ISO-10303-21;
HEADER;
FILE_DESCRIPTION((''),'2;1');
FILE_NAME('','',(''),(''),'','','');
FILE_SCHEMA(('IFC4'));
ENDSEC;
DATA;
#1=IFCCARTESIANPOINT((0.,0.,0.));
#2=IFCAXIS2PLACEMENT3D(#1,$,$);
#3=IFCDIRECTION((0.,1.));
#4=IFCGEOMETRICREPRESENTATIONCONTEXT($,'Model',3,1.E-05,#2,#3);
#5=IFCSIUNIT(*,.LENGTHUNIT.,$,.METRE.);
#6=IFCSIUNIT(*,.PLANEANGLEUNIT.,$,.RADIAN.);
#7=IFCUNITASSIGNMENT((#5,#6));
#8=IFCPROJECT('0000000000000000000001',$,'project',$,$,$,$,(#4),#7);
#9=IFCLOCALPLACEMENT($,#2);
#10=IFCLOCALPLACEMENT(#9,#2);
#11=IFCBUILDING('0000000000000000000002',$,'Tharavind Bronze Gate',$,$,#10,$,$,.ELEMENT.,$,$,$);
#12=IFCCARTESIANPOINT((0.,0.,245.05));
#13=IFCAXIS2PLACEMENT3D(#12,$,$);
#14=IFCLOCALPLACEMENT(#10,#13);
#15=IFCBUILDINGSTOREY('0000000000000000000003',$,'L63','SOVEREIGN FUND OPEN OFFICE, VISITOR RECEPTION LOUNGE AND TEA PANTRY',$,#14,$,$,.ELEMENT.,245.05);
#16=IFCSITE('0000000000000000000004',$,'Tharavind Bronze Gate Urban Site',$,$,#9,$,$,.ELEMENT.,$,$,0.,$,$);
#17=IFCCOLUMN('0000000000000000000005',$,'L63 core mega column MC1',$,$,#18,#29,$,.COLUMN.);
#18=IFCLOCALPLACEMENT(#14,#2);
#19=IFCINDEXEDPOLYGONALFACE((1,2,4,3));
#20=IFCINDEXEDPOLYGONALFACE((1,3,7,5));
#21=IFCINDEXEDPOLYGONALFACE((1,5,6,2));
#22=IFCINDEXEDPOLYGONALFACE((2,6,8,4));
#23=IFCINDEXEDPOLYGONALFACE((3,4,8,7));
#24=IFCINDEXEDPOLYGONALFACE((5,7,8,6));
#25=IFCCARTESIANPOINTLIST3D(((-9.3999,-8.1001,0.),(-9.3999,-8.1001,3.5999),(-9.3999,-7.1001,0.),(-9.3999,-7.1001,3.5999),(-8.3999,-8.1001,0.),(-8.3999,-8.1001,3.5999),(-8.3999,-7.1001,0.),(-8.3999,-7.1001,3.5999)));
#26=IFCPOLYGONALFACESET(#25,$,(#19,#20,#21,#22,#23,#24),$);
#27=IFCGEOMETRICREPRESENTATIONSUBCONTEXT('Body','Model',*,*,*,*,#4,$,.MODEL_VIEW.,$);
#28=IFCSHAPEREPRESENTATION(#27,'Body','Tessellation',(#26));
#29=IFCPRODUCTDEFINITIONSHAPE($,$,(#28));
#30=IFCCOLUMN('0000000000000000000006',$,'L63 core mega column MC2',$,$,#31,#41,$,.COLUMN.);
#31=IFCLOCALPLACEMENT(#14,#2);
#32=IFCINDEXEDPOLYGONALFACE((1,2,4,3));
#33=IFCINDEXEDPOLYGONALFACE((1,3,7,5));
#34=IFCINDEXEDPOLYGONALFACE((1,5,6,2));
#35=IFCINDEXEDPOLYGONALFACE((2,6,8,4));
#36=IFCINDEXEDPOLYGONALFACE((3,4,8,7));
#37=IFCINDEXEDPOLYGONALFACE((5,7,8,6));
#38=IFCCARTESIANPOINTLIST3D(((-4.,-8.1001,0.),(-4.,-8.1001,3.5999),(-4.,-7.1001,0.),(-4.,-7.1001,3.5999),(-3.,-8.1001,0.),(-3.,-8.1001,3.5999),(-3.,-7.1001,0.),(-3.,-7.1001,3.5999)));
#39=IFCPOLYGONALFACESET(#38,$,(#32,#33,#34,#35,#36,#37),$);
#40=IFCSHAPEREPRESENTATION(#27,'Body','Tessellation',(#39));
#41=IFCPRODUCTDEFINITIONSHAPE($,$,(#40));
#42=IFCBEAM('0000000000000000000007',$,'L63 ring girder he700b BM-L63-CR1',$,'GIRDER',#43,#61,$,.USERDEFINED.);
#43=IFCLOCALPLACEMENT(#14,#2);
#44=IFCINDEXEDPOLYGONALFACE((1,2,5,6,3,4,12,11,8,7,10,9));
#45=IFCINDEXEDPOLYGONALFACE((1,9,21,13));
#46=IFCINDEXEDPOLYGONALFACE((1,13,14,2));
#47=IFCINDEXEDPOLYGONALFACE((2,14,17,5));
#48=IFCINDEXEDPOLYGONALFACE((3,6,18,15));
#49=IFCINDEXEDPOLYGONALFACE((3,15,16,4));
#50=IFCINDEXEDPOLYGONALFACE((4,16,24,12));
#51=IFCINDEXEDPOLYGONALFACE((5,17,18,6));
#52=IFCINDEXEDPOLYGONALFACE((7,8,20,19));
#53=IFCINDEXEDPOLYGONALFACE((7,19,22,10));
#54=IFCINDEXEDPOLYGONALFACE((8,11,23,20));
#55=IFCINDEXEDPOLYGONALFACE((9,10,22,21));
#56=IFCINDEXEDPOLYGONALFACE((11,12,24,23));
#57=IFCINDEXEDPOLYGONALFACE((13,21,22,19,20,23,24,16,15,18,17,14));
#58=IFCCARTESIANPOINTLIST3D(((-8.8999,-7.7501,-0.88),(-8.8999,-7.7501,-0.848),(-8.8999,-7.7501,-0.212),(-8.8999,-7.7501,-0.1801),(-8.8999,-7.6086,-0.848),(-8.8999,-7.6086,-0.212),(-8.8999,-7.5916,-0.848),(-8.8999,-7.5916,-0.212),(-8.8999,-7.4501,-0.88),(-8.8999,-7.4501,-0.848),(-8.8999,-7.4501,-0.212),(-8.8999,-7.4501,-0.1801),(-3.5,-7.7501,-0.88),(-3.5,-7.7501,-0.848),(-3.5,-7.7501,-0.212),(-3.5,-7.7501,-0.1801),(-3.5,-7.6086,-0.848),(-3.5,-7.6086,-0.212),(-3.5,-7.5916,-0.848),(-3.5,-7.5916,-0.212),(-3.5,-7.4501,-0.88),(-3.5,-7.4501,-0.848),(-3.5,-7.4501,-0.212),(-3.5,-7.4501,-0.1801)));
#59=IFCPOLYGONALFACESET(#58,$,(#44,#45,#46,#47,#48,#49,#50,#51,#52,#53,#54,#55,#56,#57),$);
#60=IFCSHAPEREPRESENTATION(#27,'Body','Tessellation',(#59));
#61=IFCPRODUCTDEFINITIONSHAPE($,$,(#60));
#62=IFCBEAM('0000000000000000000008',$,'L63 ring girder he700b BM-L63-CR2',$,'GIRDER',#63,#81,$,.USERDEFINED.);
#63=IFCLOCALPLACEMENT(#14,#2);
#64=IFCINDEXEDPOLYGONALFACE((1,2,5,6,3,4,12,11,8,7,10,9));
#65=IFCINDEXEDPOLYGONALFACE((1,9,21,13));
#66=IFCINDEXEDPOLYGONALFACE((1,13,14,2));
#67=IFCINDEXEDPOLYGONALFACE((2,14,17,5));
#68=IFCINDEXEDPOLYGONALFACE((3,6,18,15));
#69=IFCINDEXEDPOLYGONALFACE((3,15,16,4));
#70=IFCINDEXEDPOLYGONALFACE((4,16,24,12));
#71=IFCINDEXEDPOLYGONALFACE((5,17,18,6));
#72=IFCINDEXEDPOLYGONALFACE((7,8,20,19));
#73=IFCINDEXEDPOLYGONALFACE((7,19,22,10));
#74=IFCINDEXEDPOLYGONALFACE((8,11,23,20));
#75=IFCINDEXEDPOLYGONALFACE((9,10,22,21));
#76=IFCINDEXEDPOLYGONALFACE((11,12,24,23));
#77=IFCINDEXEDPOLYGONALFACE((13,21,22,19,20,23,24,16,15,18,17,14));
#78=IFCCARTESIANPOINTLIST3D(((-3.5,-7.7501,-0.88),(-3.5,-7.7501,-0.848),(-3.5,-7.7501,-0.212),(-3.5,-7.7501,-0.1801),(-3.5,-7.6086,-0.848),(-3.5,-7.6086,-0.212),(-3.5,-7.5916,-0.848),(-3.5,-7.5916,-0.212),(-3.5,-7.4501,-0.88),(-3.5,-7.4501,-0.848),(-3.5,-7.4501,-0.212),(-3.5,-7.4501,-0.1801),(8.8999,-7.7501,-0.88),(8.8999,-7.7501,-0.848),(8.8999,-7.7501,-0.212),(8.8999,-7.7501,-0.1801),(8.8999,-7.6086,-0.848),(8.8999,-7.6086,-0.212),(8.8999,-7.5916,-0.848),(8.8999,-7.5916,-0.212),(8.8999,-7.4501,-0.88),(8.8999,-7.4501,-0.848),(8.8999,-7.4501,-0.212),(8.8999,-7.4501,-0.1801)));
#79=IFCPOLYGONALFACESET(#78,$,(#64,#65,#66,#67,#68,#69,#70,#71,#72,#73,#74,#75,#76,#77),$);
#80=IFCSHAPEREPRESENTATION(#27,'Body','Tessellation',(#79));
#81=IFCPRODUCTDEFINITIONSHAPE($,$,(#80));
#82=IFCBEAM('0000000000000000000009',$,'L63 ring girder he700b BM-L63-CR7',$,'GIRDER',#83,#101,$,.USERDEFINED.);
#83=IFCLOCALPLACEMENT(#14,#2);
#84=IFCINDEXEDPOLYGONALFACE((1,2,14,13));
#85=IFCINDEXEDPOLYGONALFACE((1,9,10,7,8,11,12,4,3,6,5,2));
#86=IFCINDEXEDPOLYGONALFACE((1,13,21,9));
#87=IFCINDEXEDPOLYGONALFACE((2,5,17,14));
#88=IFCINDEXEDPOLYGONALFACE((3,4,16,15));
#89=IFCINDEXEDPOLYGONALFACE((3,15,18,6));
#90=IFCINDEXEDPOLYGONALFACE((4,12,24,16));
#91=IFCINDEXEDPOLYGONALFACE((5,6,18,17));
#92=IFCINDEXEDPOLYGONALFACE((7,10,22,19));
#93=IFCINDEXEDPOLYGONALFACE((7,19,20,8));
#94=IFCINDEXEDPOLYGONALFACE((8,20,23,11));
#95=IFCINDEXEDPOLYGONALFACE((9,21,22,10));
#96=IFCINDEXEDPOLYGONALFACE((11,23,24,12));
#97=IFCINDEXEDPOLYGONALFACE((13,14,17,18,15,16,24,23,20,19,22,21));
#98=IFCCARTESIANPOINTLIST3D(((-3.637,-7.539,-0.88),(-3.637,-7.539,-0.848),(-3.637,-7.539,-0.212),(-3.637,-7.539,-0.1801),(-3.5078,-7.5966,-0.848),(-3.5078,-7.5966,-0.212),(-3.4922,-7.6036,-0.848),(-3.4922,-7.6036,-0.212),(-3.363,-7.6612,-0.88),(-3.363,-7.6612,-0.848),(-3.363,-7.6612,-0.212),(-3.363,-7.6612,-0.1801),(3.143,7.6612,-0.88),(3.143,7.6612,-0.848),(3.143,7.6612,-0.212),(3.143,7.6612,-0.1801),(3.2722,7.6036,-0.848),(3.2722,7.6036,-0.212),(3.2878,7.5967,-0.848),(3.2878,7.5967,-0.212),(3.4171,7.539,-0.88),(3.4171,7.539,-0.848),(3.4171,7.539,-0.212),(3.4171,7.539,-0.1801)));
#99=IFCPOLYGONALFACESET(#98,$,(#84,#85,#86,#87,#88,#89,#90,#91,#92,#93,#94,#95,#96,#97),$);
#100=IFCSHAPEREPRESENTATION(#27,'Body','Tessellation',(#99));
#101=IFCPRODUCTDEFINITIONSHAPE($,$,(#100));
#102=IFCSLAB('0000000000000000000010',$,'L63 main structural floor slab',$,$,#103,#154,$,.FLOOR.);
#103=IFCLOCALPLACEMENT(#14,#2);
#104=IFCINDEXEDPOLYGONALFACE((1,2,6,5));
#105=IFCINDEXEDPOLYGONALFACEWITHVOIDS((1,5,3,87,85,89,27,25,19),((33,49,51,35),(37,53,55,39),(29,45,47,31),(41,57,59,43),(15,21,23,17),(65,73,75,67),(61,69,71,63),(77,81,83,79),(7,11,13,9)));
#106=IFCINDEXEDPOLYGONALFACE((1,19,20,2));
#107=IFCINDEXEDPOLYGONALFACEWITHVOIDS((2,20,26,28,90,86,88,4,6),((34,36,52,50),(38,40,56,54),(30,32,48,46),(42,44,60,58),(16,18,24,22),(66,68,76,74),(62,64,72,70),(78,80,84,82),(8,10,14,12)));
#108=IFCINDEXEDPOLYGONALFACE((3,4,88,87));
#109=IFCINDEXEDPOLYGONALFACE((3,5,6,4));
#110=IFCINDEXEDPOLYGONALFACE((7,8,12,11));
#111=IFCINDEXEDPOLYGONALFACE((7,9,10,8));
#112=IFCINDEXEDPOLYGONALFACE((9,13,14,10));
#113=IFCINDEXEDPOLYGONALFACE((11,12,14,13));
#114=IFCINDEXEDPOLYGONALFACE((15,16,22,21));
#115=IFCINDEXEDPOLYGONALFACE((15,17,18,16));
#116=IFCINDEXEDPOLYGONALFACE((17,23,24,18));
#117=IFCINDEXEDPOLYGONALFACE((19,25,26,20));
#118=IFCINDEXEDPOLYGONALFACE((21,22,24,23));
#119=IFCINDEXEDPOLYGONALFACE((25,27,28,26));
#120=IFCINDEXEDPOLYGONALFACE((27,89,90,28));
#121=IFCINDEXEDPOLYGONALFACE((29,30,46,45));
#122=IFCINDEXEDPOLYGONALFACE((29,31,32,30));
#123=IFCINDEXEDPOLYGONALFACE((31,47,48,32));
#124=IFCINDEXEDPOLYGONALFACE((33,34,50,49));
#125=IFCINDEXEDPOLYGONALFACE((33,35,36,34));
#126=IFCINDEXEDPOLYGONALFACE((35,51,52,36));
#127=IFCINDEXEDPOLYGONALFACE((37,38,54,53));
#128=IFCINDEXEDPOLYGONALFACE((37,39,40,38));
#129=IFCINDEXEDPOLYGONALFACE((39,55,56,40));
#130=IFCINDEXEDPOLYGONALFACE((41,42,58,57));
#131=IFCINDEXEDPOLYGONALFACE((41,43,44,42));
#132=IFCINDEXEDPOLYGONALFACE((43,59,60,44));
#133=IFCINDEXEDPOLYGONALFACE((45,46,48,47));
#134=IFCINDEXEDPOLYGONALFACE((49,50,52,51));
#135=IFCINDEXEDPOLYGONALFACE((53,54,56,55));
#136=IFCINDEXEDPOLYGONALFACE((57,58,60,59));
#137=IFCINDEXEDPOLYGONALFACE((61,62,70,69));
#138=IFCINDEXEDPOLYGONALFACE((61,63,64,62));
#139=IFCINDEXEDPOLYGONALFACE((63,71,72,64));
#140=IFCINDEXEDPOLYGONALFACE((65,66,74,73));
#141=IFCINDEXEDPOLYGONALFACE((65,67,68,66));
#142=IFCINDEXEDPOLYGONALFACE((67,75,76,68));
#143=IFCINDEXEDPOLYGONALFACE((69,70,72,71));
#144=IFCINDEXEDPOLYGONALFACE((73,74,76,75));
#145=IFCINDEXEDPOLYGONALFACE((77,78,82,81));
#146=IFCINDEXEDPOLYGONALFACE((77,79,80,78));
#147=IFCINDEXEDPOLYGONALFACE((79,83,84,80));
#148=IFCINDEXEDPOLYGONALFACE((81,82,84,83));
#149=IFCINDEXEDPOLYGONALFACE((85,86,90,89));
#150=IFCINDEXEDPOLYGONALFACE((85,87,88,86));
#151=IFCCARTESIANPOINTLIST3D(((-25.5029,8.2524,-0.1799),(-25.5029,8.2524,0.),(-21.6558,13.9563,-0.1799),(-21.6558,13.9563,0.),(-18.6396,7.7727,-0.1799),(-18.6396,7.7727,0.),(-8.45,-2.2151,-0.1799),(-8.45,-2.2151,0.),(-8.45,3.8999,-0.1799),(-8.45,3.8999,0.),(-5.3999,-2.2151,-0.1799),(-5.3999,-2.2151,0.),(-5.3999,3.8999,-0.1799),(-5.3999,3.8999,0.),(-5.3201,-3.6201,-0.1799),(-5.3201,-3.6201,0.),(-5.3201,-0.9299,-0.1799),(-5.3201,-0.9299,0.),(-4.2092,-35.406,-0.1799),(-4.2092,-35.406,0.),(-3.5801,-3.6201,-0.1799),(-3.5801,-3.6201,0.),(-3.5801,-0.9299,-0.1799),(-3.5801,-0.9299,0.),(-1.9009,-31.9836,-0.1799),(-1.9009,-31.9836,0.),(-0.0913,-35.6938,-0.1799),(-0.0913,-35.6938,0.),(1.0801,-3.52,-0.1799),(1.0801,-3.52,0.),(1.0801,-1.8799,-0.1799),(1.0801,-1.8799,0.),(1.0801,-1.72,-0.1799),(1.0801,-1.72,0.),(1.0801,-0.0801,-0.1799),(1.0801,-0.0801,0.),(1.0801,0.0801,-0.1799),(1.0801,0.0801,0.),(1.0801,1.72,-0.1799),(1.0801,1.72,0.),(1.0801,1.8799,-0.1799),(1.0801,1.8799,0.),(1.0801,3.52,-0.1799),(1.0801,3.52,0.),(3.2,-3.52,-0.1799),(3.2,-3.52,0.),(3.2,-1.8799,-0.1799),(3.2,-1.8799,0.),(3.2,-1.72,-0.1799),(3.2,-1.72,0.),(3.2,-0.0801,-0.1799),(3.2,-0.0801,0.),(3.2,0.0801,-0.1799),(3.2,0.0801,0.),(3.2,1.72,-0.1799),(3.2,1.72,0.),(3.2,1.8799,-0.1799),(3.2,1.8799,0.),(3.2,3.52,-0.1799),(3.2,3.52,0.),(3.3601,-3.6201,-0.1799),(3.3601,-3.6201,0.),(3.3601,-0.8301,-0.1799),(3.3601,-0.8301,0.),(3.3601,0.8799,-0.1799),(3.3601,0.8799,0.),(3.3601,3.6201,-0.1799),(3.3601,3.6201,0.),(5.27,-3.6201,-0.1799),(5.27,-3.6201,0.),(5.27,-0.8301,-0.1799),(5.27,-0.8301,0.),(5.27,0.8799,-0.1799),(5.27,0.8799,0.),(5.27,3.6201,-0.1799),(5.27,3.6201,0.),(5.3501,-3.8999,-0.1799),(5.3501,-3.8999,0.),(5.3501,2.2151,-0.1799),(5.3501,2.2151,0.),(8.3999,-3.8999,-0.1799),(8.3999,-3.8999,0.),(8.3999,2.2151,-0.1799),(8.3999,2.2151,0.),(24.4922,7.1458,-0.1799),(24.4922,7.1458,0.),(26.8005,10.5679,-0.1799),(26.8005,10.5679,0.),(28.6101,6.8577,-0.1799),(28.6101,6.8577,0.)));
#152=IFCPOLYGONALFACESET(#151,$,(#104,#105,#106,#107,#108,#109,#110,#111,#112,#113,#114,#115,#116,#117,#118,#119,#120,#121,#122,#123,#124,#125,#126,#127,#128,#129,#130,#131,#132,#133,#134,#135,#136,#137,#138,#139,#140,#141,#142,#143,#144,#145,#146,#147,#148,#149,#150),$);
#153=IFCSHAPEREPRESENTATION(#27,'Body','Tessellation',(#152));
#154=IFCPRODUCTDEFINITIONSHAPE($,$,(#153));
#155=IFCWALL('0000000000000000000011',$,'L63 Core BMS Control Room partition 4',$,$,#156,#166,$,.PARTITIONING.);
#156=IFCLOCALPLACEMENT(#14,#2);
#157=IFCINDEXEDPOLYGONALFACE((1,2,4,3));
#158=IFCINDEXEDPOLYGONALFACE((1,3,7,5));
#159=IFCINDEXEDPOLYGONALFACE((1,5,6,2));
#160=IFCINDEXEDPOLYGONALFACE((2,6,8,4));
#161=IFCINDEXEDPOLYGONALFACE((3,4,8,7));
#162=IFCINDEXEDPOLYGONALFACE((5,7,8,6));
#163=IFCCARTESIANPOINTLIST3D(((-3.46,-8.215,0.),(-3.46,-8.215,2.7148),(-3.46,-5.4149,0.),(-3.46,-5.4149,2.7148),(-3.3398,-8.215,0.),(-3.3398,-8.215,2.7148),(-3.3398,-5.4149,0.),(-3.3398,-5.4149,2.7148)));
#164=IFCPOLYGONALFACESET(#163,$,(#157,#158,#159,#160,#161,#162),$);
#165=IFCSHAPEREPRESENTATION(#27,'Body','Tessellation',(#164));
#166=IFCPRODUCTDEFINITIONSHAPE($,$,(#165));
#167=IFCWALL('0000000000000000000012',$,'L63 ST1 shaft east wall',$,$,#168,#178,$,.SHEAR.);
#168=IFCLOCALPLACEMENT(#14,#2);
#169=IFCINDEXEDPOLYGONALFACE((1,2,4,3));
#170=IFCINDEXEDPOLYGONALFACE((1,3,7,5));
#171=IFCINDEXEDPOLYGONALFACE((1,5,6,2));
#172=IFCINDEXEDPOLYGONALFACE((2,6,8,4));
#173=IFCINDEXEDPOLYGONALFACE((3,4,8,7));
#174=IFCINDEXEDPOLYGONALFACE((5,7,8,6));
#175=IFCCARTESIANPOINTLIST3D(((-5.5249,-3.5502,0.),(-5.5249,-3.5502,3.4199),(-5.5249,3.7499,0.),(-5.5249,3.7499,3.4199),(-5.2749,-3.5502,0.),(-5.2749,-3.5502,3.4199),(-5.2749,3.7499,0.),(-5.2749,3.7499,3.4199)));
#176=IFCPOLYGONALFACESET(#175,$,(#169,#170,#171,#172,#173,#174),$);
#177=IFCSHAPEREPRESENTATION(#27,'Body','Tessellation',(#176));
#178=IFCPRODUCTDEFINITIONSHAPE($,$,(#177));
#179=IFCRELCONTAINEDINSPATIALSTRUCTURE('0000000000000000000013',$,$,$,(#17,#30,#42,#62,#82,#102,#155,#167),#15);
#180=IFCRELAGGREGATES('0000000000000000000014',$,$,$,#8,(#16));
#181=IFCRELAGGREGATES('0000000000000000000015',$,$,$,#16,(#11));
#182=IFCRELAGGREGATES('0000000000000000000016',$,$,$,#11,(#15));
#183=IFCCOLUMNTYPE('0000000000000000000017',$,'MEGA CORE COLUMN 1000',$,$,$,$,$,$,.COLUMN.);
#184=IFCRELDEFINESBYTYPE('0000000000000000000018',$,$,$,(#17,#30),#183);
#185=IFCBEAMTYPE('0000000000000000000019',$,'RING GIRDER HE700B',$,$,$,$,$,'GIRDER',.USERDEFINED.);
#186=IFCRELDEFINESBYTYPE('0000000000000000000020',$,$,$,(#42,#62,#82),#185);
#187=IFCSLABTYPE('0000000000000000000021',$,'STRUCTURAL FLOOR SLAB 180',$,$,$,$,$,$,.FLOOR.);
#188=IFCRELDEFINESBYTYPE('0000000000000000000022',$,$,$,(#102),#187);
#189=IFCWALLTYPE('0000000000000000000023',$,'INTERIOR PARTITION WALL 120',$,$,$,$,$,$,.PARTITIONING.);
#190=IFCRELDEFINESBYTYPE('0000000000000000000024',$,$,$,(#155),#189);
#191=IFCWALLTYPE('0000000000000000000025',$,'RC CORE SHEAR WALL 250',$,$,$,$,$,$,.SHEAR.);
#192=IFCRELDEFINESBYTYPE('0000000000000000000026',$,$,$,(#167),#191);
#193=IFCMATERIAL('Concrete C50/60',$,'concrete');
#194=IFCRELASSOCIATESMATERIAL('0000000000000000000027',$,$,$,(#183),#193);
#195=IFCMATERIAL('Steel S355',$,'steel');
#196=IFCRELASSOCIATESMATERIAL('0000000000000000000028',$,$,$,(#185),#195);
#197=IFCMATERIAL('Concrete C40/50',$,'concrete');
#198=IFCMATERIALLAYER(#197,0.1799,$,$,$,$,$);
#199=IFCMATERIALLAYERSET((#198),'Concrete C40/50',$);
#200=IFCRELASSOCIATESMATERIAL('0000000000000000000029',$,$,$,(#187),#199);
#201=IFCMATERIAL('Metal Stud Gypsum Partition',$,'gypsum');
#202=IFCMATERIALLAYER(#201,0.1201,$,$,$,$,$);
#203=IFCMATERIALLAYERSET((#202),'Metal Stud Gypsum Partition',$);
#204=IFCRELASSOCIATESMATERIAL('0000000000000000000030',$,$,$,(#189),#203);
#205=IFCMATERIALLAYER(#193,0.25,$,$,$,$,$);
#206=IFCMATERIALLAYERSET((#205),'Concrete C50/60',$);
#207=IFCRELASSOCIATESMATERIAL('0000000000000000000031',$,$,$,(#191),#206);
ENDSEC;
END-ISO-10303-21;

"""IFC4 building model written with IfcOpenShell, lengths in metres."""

from ifc_helpers import new_model, si_unit, direction, frame, frame_2d, origin, origin_2d, place, context, subcontext, project, spatial, polyline, rectangle, i_section, outline, extrude, material, layer, layer_set, material_profile, profile_set, type_object, element, save


model = new_model("IFC4")

# Units and contexts
model_context = context("Model", 3, precision=1e-05, world=origin(), true_north=direction((0.0, 1.0)))
body_context = subcontext(model_context, "Body", "Model", "MODEL_VIEW")
ifc_project = project(units=[si_unit("LENGTHUNIT", "METRE"), si_unit("PLANEANGLEUNIT", "RADIAN")], contexts=[model_context])

# Site, building, storey
site_placement = place(None, origin())
site = spatial("IfcSite", under=ifc_project, at=site_placement, Name="Tharavind Bronze Gate Urban Site", CompositionType="ELEMENT", RefElevation=0.0)
building_placement = place(site_placement, origin())
building = spatial("IfcBuilding", under=site, at=building_placement, Name="Tharavind Bronze Gate", CompositionType="ELEMENT")
storey_placement = place(building_placement, frame((0.0, 0.0, 245.05)))
storey = spatial("IfcBuildingStorey", under=building, at=storey_placement, Name="L63", Description="SOVEREIGN FUND OPEN OFFICE, VISITOR RECEPTION LOUNGE AND TEA PANTRY", CompositionType="ELEMENT", Elevation=245.05)

# Columns
ifc_material_1 = material(Name="Concrete C50/60", Category="concrete")
ifc_material_profile_1 = material_profile(ifc_material_1, rectangle(XDim=1.0, YDim=1.0, at=origin_2d()), Name="RCCOL1000")
ifc_profile_set_1 = profile_set([ifc_material_profile_1], Name="Concrete C50/60")
column_type = type_object("IfcColumnType", Name="MEGA CORE COLUMN 1000", PredefinedType="COLUMN", material=ifc_profile_set_1)
for number, where, z_axis, x_axis, name in (
    (1, (-8.8999, -7.6001, 0.0), (0.0, 0.0, 1.0), (1.0, 0.0, 0.0), "L63 core mega column MC1"),
    (2, (-3.5, -7.6001, 0.0), (0.0, 0.0, 1.0), (1.0, 0.0, 0.0), "L63 core mega column MC2"),
):
    element("IfcColumn", number, at=place(storey_placement, frame(where, z_axis=z_axis, x_axis=x_axis)), inside=storey, type_object=column_type, Name=name, PredefinedType="COLUMN", context=body_context, shape_type="SweptSolid", body=[
        extrude(rectangle(XDim=1.0, YDim=1.0, at=origin_2d()), origin(), (0.0, 0.0, 1.0), 3.5999),
    ])

# Beams
ifc_material_2 = material(Name="Steel S355", Category="steel")
ifc_material_profile_2 = material_profile(ifc_material_2, i_section(OverallWidth=0.3, OverallDepth=0.7, WebThickness=0.0171, FlangeThickness=0.032, at=origin_2d()), Name="HE700B")
ifc_profile_set_2 = profile_set([ifc_material_profile_2], Name="Steel S355")
beam_type = type_object("IfcBeamType", Name="RING GIRDER HE700B", ElementType="GIRDER", PredefinedType="USERDEFINED", material=ifc_profile_set_2)
beam_1_placement = place(storey_placement, frame((-8.8999, -7.6001, -0.53), z_axis=(1.0, 0.0, 0.0), x_axis=(0.0, 1.0, 0.0)))
element("IfcBeam", 3, at=beam_1_placement, inside=storey, type_object=beam_type, Name="L63 ring girder he700b BM-L63-CR1", ObjectType="GIRDER", PredefinedType="USERDEFINED", context=body_context, shape_type="SweptSolid", body=[
    extrude(i_section(OverallWidth=0.3, OverallDepth=0.7, WebThickness=0.0171, FlangeThickness=0.032, at=origin_2d()), origin(), (0.0, 0.0, 1.0), 5.3999),
])
beam_2_placement = place(storey_placement, frame((-3.5, -7.6001, -0.53), z_axis=(1.0, 0.0, 0.0), x_axis=(0.0, 1.0, 0.0)))
element("IfcBeam", 4, at=beam_2_placement, inside=storey, type_object=beam_type, Name="L63 ring girder he700b BM-L63-CR2", ObjectType="GIRDER", PredefinedType="USERDEFINED", context=body_context, shape_type="SweptSolid", body=[
    extrude(i_section(OverallWidth=0.3, OverallDepth=0.7, WebThickness=0.0171, FlangeThickness=0.032, at=origin_2d()), origin(), (0.0, 0.0, 1.0), 12.3999),
])
beam_3_placement = place(storey_placement, frame((-3.5, -7.6001, -0.53), z_axis=(0.407362, 0.913267, 0.0), x_axis=(-0.913267, 0.407362, 0.0)))
element("IfcBeam", 5, at=beam_3_placement, inside=storey, type_object=beam_type, Name="L63 ring girder he700b BM-L63-CR7", ObjectType="GIRDER", PredefinedType="USERDEFINED", context=body_context, shape_type="SweptSolid", body=[
    extrude(i_section(OverallWidth=0.3, OverallDepth=0.7, WebThickness=0.0171, FlangeThickness=0.032, at=origin_2d()), origin(), (0.0, 0.0, 1.0), 16.6438),
])

# Slab
ifc_material_3 = material(Name="Concrete C40/50", Category="concrete")
ifc_layer_1 = layer(ifc_material_3, 0.1799)
ifc_layer_set_1 = layer_set([ifc_layer_1], Name="Concrete C40/50")
slab_type = type_object("IfcSlabType", Name="STRUCTURAL FLOOR SLAB 180", PredefinedType="FLOOR", material=ifc_layer_set_1)
slab_placement = place(storey_placement, frame((0.0, 0.0, -0.1799)))
element("IfcSlab", 6, at=slab_placement, inside=storey, type_object=slab_type, Name="L63 main structural floor slab", PredefinedType="FLOOR", context=body_context, shape_type="SweptSolid", body=[
    extrude(outline(polyline([(-21.6558, 13.9563), (-18.6396, 7.7727), (-25.5029, 8.2524), (-4.2092, -35.406), (-1.9009, -31.9836), (-0.0913, -35.6938), (28.6101, 6.8577), (24.4922, 7.1458), (26.8005, 10.5679), (-21.6558, 13.9563)]), holes=[polyline([(-5.3999, -2.2151), (-5.3999, 3.8999), (-8.45, 3.8999), (-8.45, -2.2151), (-5.3999, -2.2151)]), polyline([(5.3501, 2.2151), (5.3501, -3.8999), (8.3999, -3.8999), (8.3999, 2.2151), (5.3501, 2.2151)]), polyline([(1.0801, -3.52), (3.2, -3.52), (3.2, -1.8799), (1.0801, -1.8799), (1.0801, -3.52)]), polyline([(1.0801, -1.72), (3.2, -1.72), (3.2, -0.0801), (1.0801, -0.0801), (1.0801, -1.72)]), polyline([(1.0801, 0.0801), (3.2, 0.0801), (3.2, 1.72), (1.0801, 1.72), (1.0801, 0.0801)]), polyline([(1.0801, 1.8799), (3.2, 1.8799), (3.2, 3.52), (1.0801, 3.52), (1.0801, 1.8799)]), polyline([(-5.3201, -3.6201), (-3.5801, -3.6201), (-3.5801, -0.9299), (-5.3201, -0.9299), (-5.3201, -3.6201)]), polyline([(3.3601, 0.8799), (5.27, 0.8799), (5.27, 3.6201), (3.3601, 3.6201), (3.3601, 0.8799)]), polyline([(3.3601, -3.6201), (5.27, -3.6201), (5.27, -0.8301), (3.3601, -0.8301), (3.3601, -3.6201)])]), origin(), (0.0, 0.0, 1.0), 0.1799),
])

# Walls
ifc_material_4 = material(Name="Metal Stud Gypsum Partition", Category="gypsum")
ifc_layer_2 = layer(ifc_material_4, 0.1201)
ifc_layer_set_2 = layer_set([ifc_layer_2], Name="Metal Stud Gypsum Partition")
wall_type_1 = type_object("IfcWallType", Name="INTERIOR PARTITION WALL 120", PredefinedType="PARTITIONING", material=ifc_layer_set_2)
wall_1_placement = place(storey_placement, frame((-3.3999, -5.415, 0.0), z_axis=(0.0, 0.0, 1.0), x_axis=(0.0, -1.0, 0.0)))
element("IfcWall", 7, at=wall_1_placement, inside=storey, type_object=wall_type_1, Name="L63 Core BMS Control Room partition 4", PredefinedType="PARTITIONING", context=body_context, shape_type="SweptSolid", body=[
    extrude(rectangle(XDim=2.8, YDim=0.1201, at=frame_2d((1.3999, 0.0))), origin(), (0.0, 0.0, 1.0), 2.7148),
])
ifc_layer_3 = layer(ifc_material_1, 0.25)
ifc_layer_set_3 = layer_set([ifc_layer_3], Name="Concrete C50/60")
wall_type_2 = type_object("IfcWallType", Name="RC CORE SHEAR WALL 250", PredefinedType="SHEAR", material=ifc_layer_set_3)
wall_2_placement = place(storey_placement, frame((-5.3999, -3.55, 0.0), z_axis=(0.0, 0.0, 1.0), x_axis=(0.0, 1.0, 0.0)))
element("IfcWall", 8, at=wall_2_placement, inside=storey, type_object=wall_type_2, Name="L63 ST1 shaft east wall", PredefinedType="SHEAR", context=body_context, shape_type="SweptSolid", body=[
    extrude(rectangle(XDim=7.3, YDim=0.25, at=frame_2d((3.6499, 0.0))), origin(), (0.0, 0.0, 1.0), 3.4199),
])

save(model, "model.ifc")
